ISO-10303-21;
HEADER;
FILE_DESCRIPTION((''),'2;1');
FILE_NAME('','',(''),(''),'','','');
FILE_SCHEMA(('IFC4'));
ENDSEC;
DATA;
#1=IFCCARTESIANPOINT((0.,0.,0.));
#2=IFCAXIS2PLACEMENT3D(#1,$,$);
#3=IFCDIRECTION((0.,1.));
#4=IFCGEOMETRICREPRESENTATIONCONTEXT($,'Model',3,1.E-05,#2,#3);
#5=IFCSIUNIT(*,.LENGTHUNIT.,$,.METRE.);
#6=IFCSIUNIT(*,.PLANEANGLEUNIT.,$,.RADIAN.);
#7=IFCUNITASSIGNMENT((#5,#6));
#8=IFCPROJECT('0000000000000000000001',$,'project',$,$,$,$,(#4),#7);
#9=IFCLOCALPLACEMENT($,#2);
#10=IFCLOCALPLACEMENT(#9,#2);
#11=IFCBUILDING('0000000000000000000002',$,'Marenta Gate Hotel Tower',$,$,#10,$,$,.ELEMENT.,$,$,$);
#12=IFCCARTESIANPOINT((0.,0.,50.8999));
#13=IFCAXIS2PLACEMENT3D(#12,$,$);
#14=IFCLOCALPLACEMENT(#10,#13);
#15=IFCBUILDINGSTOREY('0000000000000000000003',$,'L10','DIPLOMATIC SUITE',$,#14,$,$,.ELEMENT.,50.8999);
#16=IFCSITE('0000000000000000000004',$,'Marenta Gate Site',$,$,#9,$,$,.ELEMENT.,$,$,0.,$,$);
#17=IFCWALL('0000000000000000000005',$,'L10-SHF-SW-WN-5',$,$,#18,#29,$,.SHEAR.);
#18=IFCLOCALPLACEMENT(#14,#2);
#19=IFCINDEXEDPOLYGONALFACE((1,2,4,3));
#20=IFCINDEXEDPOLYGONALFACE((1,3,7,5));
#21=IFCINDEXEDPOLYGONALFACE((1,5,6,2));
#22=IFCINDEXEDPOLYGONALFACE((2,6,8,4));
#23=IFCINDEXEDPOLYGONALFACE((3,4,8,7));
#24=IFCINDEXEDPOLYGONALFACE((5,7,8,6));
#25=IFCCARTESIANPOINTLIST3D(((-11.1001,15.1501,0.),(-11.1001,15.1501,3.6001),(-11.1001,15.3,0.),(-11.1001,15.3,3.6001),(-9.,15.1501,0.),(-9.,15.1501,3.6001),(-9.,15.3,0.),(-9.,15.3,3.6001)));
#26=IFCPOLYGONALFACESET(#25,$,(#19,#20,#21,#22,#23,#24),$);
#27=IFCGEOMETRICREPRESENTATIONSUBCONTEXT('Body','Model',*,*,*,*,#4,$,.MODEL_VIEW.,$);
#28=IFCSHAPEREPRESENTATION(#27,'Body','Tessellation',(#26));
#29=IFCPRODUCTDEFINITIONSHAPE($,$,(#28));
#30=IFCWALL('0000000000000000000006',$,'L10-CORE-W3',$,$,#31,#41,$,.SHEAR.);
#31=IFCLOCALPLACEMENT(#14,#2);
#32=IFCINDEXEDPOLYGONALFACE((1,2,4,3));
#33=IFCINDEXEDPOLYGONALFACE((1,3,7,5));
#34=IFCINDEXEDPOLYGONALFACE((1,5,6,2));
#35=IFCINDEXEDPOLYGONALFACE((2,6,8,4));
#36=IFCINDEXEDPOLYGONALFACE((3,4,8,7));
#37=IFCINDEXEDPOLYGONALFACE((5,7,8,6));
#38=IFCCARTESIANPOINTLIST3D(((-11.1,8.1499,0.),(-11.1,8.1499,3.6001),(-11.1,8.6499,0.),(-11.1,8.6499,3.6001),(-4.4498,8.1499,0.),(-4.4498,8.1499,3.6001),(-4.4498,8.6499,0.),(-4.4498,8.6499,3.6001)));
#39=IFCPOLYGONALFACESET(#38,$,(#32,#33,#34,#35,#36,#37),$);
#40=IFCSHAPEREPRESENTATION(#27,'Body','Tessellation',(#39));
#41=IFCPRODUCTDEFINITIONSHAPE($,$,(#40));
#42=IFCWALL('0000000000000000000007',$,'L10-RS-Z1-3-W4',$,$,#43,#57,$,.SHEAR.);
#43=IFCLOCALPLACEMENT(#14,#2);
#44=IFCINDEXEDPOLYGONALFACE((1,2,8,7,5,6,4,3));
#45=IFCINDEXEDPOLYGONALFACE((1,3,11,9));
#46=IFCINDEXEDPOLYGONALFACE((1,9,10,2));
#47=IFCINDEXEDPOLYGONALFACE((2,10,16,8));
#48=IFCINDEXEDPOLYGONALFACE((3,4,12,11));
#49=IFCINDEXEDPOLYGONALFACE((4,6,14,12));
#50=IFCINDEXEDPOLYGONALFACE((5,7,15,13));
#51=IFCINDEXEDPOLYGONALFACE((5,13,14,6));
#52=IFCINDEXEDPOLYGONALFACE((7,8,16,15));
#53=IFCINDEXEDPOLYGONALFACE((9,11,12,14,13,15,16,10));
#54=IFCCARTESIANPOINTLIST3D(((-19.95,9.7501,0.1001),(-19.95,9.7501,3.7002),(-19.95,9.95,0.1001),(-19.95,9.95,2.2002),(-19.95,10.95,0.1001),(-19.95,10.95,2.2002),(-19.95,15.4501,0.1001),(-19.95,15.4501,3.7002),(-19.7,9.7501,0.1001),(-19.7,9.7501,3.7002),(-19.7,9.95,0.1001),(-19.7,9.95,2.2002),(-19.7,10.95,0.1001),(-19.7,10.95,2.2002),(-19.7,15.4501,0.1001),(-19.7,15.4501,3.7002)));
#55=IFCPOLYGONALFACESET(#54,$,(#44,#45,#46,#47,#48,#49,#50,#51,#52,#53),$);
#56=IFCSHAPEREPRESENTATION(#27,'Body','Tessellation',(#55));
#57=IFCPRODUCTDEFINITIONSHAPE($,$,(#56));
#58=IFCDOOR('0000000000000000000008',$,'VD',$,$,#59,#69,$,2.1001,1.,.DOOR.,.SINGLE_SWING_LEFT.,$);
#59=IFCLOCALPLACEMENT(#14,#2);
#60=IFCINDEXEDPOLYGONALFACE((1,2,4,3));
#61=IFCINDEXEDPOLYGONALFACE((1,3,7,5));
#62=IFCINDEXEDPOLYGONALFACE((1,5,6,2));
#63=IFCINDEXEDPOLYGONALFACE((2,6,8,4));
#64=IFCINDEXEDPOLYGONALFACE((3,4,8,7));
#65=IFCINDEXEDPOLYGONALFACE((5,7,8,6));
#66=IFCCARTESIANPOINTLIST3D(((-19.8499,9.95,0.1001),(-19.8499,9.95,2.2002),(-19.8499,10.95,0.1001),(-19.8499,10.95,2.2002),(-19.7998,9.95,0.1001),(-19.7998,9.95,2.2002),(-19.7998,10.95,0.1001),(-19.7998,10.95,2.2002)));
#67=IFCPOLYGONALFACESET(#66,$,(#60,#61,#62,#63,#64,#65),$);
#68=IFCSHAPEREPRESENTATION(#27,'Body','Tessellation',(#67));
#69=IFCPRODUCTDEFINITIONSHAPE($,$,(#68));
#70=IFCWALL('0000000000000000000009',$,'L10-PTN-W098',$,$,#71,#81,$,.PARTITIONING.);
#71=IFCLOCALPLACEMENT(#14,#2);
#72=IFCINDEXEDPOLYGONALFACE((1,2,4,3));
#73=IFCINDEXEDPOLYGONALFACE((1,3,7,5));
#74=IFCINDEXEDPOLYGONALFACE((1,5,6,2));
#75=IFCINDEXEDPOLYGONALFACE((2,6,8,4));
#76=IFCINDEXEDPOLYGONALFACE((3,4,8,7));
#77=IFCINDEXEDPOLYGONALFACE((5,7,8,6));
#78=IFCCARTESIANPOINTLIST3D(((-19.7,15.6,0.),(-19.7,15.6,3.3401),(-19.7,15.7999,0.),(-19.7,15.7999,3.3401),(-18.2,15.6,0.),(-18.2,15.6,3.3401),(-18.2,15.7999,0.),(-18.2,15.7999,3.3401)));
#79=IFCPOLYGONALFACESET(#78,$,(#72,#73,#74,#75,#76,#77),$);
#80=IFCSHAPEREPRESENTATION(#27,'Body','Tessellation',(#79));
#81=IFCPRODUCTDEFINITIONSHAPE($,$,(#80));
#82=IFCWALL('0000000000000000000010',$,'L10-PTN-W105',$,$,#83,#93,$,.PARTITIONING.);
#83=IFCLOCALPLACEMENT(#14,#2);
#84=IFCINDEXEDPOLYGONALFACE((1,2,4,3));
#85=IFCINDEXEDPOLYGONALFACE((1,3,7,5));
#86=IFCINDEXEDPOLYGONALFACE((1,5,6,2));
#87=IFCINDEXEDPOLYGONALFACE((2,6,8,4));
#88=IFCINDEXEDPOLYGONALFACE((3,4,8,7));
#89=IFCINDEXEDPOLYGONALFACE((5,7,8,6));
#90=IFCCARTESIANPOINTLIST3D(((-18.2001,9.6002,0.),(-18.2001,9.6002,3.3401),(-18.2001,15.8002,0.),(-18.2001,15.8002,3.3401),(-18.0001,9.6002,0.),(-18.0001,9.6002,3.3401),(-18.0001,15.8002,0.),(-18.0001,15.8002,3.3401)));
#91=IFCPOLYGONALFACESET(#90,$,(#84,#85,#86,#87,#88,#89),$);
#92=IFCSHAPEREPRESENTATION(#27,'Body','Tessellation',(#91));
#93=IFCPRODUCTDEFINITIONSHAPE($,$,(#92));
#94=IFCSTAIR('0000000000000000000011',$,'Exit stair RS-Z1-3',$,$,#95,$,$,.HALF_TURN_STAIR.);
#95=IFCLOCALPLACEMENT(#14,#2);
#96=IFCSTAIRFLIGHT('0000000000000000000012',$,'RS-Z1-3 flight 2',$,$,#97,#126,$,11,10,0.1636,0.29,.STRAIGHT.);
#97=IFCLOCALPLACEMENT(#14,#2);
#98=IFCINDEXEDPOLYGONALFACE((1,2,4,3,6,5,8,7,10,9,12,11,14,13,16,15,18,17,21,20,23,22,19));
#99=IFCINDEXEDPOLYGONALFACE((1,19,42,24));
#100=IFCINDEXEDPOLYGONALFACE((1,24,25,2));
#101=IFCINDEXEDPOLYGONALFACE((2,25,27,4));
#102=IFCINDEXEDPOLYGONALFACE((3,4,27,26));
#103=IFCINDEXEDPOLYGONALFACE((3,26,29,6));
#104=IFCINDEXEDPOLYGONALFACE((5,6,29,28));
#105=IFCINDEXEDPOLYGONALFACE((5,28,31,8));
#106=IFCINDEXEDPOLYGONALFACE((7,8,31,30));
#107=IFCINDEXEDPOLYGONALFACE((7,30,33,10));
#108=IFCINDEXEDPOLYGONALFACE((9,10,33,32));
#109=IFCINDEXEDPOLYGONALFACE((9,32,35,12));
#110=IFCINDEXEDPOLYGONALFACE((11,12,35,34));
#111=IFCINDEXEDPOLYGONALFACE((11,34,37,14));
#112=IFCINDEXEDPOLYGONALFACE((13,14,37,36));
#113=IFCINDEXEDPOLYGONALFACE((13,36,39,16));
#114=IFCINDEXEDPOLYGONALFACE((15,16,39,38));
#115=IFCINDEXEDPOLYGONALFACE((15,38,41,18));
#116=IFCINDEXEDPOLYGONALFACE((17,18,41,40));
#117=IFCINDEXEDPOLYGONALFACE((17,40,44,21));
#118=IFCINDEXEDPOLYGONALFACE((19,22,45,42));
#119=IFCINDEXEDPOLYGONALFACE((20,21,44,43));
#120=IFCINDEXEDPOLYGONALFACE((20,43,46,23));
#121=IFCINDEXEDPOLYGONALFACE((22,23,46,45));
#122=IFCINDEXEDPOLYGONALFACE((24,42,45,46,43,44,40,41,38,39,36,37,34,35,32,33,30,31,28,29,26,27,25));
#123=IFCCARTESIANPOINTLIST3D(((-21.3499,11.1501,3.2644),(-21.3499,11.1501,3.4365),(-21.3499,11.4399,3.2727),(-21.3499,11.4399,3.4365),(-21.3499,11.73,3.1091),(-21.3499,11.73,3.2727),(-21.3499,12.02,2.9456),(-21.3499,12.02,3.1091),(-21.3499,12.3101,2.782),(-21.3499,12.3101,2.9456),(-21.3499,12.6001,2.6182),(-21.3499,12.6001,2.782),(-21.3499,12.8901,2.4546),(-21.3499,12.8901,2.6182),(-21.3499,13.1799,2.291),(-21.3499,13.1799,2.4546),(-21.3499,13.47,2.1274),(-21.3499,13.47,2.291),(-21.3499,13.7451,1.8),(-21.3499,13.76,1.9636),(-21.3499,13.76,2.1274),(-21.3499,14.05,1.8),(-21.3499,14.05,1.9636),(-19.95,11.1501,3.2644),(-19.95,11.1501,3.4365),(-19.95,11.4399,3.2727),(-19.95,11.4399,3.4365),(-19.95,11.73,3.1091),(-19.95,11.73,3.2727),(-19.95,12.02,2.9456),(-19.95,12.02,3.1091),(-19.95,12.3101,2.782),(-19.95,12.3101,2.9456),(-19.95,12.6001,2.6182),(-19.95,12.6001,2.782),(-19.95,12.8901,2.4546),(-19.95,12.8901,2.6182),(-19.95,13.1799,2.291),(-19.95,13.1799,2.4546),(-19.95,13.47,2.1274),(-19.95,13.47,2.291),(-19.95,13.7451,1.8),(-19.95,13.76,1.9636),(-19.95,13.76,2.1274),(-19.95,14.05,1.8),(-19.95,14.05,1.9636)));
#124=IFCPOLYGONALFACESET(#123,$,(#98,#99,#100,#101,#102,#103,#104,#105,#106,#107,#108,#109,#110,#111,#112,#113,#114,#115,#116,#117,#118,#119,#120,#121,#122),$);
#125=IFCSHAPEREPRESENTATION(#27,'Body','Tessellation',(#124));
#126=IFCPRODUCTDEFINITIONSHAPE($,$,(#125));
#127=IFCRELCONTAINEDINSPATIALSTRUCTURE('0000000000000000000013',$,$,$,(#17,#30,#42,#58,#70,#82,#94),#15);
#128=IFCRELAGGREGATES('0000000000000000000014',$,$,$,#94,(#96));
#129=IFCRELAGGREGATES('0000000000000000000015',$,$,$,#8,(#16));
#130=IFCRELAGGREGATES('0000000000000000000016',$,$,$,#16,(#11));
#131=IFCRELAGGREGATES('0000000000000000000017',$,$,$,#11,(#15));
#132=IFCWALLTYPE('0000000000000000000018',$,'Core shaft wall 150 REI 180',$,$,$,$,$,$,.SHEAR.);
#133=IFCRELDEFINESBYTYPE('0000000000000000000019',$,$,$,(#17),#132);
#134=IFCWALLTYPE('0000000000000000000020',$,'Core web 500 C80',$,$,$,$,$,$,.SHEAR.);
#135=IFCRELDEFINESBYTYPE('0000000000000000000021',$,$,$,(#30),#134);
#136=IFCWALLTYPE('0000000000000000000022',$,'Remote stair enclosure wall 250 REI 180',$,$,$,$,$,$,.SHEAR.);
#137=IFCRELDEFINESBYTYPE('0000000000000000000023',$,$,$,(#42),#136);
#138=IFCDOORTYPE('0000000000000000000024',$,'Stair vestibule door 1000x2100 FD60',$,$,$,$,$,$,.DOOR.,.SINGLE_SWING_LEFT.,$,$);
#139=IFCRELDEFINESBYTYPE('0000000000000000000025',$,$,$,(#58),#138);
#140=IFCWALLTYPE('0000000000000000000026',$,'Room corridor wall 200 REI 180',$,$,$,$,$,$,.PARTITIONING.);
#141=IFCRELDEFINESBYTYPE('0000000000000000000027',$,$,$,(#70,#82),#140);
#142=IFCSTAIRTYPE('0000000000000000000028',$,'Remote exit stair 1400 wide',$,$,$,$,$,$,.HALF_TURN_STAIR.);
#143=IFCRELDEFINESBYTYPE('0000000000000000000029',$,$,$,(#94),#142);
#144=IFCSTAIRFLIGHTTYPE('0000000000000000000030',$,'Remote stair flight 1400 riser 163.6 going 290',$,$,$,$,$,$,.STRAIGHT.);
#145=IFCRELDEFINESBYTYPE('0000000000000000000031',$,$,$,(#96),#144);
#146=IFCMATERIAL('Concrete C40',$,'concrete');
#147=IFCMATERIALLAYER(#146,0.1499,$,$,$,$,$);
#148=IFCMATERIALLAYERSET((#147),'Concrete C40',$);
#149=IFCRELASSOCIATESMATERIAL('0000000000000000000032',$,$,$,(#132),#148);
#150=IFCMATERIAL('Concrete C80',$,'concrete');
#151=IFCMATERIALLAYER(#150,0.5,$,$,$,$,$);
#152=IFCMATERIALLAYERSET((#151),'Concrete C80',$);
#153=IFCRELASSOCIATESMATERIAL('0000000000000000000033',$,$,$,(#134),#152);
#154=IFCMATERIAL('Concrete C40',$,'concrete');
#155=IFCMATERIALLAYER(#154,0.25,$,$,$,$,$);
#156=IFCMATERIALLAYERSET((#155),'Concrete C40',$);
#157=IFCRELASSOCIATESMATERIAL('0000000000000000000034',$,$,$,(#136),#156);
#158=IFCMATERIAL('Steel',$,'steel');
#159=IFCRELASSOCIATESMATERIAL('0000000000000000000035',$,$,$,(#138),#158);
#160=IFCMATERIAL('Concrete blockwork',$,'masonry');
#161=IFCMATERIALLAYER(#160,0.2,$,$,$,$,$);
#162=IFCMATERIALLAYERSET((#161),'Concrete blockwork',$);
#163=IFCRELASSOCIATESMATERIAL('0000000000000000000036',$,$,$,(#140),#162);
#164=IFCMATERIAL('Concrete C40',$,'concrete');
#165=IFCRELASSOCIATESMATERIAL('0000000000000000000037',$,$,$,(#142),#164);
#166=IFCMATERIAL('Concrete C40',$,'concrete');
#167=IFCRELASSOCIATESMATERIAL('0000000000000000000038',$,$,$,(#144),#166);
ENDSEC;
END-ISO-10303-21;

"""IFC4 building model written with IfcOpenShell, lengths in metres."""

from ifc_helpers import new_model, si_unit, direction, frame, frame_2d, origin, place, context, subcontext, project, spatial, polyline, rectangle, outline, extrude, material, layer, layer_set, type_object, element, fill, aggregate, save


model = new_model("IFC4")

# Units and contexts
model_context = context("Model", 3, precision=1e-05, world=origin(), true_north=direction((0.0, 1.0)))
body_context = subcontext(model_context, "Body", "Model", "MODEL_VIEW")
ifc_project = project(units=[si_unit("LENGTHUNIT", "METRE"), si_unit("PLANEANGLEUNIT", "RADIAN")], contexts=[model_context])

# Site, building, storey
site_placement = place(None, origin())
site = spatial("IfcSite", under=ifc_project, at=site_placement, Name="Marenta Gate Site", CompositionType="ELEMENT", RefElevation=0.0)
building_placement = place(site_placement, origin())
building = spatial("IfcBuilding", under=site, at=building_placement, Name="Marenta Gate Hotel Tower", CompositionType="ELEMENT")
storey_placement = place(building_placement, frame((0.0, 0.0, 50.8999)))
storey = spatial("IfcBuildingStorey", under=building, at=storey_placement, Name="L10", Description="DIPLOMATIC SUITE", CompositionType="ELEMENT", Elevation=50.8999)

# Walls
ifc_material_1 = material(Name="Concrete C40", Category="concrete")
ifc_layer_1 = layer(ifc_material_1, 0.1499)
ifc_layer_set_1 = layer_set([ifc_layer_1], Name="Concrete C40")
wall_type_1 = type_object("IfcWallType", Name="Core shaft wall 150 REI 180", PredefinedType="SHEAR", material=ifc_layer_set_1)
for number, where, z_axis, x_axis, name in (
    (1, (-11.1001, 15.2251, 0.0), (0.0, 0.0, 1.0), (1.0, 0.0, 0.0), "L10-SHF-SW-WN-5"),
):
    element("IfcWall", number, at=place(storey_placement, frame(where, z_axis=z_axis, x_axis=x_axis)), inside=storey, type_object=wall_type_1, Name=name, PredefinedType="SHEAR", context=body_context, shape_type="SweptSolid", body=[
        extrude(rectangle(XDim=2.1001, YDim=0.1499, at=frame_2d((1.05, 0.0))), origin(), (0.0, 0.0, 1.0), 3.6001),
    ])
ifc_material_2 = material(Name="Concrete C80", Category="concrete")
ifc_layer_2 = layer(ifc_material_2, 0.5)
ifc_layer_set_2 = layer_set([ifc_layer_2], Name="Concrete C80")
wall_type_2 = type_object("IfcWallType", Name="Core web 500 C80", PredefinedType="SHEAR", material=ifc_layer_set_2)
wall_1_placement = place(storey_placement, frame((-11.1001, 8.3999, 0.0), z_axis=(0.0, 0.0, 1.0), x_axis=(1.0, 0.0, 0.0)))
element("IfcWall", 2, at=wall_1_placement, inside=storey, type_object=wall_type_2, Name="L10-CORE-W3", PredefinedType="SHEAR", context=body_context, shape_type="SweptSolid", body=[
    extrude(rectangle(XDim=6.6501, YDim=0.5, at=frame_2d((3.3252, 0.0))), origin(), (0.0, 0.0, 1.0), 3.6001),
])

# Wall, opening, door
ifc_material_3 = material(Name="Concrete C40", Category="concrete")
ifc_layer_3 = layer(ifc_material_3, 0.25)
ifc_layer_set_3 = layer_set([ifc_layer_3], Name="Concrete C40")
wall_type_3 = type_object("IfcWallType", Name="Remote stair enclosure wall 250 REI 180", PredefinedType="SHEAR", material=ifc_layer_set_3)
wall_2_placement = place(storey_placement, frame((-19.825, 9.75, 0.1001), z_axis=(0.0, 0.0, 1.0), x_axis=(0.0, 1.0, 0.0)))
wall_2 = element("IfcWall", 3, at=wall_2_placement, inside=storey, type_object=wall_type_3, Name="L10-RS-Z1-3-W4", PredefinedType="SHEAR", context=body_context, shape_type="SweptSolid", body=[
    extrude(rectangle(XDim=5.7, YDim=0.25, at=frame_2d((2.8501, 0.0))), origin(), (0.0, 0.0, 1.0), 3.6001),
])
opening_1_placement = place(wall_2_placement, frame((0.2, 0.0, 0.0)))
opening_1 = element("IfcOpeningElement", 4, at=opening_1_placement, cuts=wall_2, PredefinedType="OPENING", context=body_context, shape_type="SweptSolid", body=[
    extrude(rectangle(XDim=1.0, YDim=2.1001, at=frame_2d((0.5, 1.05))), frame((0.0, 0.125, 0.0), z_axis=(0.0, -1.0, 0.0), x_axis=(1.0, 0.0, 0.0)), (0.0, 0.0, 1.0), 0.25),
])
ifc_material_4 = material(Name="Steel", Category="steel")
door_type_1 = type_object("IfcDoorType", Name="Stair vestibule door 1000x2100 FD60", OperationType="SINGLE_SWING_LEFT", PredefinedType="DOOR", material=ifc_material_4)
door_1_placement = place(opening_1_placement, origin())
door_1 = element("IfcDoor", 5, at=door_1_placement, inside=storey, type_object=door_type_1, Name="VD", OperationType="SINGLE_SWING_LEFT", OverallHeight=2.1001, OverallWidth=1.0, PredefinedType="DOOR", context=body_context, shape_type="SweptSolid", body=[
    extrude(rectangle(XDim=1.0, YDim=2.1001, at=frame_2d((0.5, 1.05))), frame((0.0, 0.0249, 0.0), z_axis=(0.0, -1.0, 0.0), x_axis=(1.0, 0.0, 0.0)), (0.0, 0.0, 1.0), 0.05),
])
fill(opening_1, door_1)
ifc_material_5 = material(Name="Concrete blockwork", Category="masonry")
ifc_layer_4 = layer(ifc_material_5, 0.2)
ifc_layer_set_4 = layer_set([ifc_layer_4], Name="Concrete blockwork")
wall_type_4 = type_object("IfcWallType", Name="Room corridor wall 200 REI 180", PredefinedType="PARTITIONING", material=ifc_layer_set_4)

# Walls
wall_3_placement = place(storey_placement, frame((-19.7, 15.7, 0.0), z_axis=(0.0, 0.0, 1.0), x_axis=(1.0, 0.0, 0.0)))
element("IfcWall", 6, at=wall_3_placement, inside=storey, type_object=wall_type_4, Name="L10-PTN-W098", PredefinedType="PARTITIONING", context=body_context, shape_type="SweptSolid", body=[
    extrude(rectangle(XDim=1.5, YDim=0.2, at=frame_2d((0.75, 0.0))), origin(), (0.0, 0.0, 1.0), 3.3401),
])
wall_4_placement = place(storey_placement, frame((-18.1001, 9.6001, 0.0), z_axis=(0.0, 0.0, 1.0), x_axis=(0.0, 1.0, 0.0)))
element("IfcWall", 7, at=wall_4_placement, inside=storey, type_object=wall_type_4, Name="L10-PTN-W105", PredefinedType="PARTITIONING", context=body_context, shape_type="SweptSolid", body=[
    extrude(rectangle(XDim=6.2, YDim=0.2, at=frame_2d((3.1001, 0.0))), origin(), (0.0, 0.0, 1.0), 3.3401),
])

# Stair, stair flight
ifc_material_6 = material(Name="Concrete C40", Category="concrete")
stair_type = type_object("IfcStairType", Name="Remote exit stair 1400 wide", PredefinedType="HALF_TURN_STAIR", material=ifc_material_6)
stair_placement = place(storey_placement, origin())
stair = element("IfcStair", 8, at=stair_placement, inside=storey, type_object=stair_type, Name="Exit stair RS-Z1-3", PredefinedType="HALF_TURN_STAIR")
ifc_material_7 = material(Name="Concrete C40", Category="concrete")
stair_flight_type = type_object("IfcStairFlightType", Name="Remote stair flight 1400 riser 163.6 going 290", PredefinedType="STRAIGHT", material=ifc_material_7)
stair_flight_placement = place(storey_placement, frame((-20.6499, 14.05, 1.8), z_axis=(0.0, 0.0, 1.0), x_axis=(0.0, -1.0, 0.0)))
stair_flight = element("IfcStairFlight", 9, at=stair_flight_placement, type_object=stair_flight_type, Name="RS-Z1-3 flight 2", NumberOfRisers=11, NumberOfTreads=10, PredefinedType="STRAIGHT", RiserHeight=0.1636, TreadLength=0.29, context=body_context, shape_type="SweptSolid", body=[
    extrude(outline(polyline([(0.0, 0.0), (0.0, 0.1636), (0.29, 0.1636), (0.29, 0.3274), (0.5801, 0.3274), (0.5801, 0.491), (0.8701, 0.491), (0.8701, 0.6545), (1.1599, 0.6545), (1.1599, 0.8181), (1.45, 0.8181), (1.45, 0.9819), (1.74, 0.9819), (1.74, 1.1455), (2.03, 1.1455), (2.03, 1.3091), (2.3201, 1.3091), (2.3201, 1.4727), (2.6101, 1.4727), (2.6101, 1.6365), (2.8999, 1.6365), (2.8999, 1.8), (2.8999, 1.4644), (0.3049, 0.0), (0.0, 0.0)])), frame((0.0, 0.7, 0.0), z_axis=(0.0, -1.0, 0.0), x_axis=(1.0, 0.0, 0.0)), (0.0, 0.0, 1.0), 1.3999),
])
aggregate(stair, [stair_flight])

save(model, "model.ifc")
